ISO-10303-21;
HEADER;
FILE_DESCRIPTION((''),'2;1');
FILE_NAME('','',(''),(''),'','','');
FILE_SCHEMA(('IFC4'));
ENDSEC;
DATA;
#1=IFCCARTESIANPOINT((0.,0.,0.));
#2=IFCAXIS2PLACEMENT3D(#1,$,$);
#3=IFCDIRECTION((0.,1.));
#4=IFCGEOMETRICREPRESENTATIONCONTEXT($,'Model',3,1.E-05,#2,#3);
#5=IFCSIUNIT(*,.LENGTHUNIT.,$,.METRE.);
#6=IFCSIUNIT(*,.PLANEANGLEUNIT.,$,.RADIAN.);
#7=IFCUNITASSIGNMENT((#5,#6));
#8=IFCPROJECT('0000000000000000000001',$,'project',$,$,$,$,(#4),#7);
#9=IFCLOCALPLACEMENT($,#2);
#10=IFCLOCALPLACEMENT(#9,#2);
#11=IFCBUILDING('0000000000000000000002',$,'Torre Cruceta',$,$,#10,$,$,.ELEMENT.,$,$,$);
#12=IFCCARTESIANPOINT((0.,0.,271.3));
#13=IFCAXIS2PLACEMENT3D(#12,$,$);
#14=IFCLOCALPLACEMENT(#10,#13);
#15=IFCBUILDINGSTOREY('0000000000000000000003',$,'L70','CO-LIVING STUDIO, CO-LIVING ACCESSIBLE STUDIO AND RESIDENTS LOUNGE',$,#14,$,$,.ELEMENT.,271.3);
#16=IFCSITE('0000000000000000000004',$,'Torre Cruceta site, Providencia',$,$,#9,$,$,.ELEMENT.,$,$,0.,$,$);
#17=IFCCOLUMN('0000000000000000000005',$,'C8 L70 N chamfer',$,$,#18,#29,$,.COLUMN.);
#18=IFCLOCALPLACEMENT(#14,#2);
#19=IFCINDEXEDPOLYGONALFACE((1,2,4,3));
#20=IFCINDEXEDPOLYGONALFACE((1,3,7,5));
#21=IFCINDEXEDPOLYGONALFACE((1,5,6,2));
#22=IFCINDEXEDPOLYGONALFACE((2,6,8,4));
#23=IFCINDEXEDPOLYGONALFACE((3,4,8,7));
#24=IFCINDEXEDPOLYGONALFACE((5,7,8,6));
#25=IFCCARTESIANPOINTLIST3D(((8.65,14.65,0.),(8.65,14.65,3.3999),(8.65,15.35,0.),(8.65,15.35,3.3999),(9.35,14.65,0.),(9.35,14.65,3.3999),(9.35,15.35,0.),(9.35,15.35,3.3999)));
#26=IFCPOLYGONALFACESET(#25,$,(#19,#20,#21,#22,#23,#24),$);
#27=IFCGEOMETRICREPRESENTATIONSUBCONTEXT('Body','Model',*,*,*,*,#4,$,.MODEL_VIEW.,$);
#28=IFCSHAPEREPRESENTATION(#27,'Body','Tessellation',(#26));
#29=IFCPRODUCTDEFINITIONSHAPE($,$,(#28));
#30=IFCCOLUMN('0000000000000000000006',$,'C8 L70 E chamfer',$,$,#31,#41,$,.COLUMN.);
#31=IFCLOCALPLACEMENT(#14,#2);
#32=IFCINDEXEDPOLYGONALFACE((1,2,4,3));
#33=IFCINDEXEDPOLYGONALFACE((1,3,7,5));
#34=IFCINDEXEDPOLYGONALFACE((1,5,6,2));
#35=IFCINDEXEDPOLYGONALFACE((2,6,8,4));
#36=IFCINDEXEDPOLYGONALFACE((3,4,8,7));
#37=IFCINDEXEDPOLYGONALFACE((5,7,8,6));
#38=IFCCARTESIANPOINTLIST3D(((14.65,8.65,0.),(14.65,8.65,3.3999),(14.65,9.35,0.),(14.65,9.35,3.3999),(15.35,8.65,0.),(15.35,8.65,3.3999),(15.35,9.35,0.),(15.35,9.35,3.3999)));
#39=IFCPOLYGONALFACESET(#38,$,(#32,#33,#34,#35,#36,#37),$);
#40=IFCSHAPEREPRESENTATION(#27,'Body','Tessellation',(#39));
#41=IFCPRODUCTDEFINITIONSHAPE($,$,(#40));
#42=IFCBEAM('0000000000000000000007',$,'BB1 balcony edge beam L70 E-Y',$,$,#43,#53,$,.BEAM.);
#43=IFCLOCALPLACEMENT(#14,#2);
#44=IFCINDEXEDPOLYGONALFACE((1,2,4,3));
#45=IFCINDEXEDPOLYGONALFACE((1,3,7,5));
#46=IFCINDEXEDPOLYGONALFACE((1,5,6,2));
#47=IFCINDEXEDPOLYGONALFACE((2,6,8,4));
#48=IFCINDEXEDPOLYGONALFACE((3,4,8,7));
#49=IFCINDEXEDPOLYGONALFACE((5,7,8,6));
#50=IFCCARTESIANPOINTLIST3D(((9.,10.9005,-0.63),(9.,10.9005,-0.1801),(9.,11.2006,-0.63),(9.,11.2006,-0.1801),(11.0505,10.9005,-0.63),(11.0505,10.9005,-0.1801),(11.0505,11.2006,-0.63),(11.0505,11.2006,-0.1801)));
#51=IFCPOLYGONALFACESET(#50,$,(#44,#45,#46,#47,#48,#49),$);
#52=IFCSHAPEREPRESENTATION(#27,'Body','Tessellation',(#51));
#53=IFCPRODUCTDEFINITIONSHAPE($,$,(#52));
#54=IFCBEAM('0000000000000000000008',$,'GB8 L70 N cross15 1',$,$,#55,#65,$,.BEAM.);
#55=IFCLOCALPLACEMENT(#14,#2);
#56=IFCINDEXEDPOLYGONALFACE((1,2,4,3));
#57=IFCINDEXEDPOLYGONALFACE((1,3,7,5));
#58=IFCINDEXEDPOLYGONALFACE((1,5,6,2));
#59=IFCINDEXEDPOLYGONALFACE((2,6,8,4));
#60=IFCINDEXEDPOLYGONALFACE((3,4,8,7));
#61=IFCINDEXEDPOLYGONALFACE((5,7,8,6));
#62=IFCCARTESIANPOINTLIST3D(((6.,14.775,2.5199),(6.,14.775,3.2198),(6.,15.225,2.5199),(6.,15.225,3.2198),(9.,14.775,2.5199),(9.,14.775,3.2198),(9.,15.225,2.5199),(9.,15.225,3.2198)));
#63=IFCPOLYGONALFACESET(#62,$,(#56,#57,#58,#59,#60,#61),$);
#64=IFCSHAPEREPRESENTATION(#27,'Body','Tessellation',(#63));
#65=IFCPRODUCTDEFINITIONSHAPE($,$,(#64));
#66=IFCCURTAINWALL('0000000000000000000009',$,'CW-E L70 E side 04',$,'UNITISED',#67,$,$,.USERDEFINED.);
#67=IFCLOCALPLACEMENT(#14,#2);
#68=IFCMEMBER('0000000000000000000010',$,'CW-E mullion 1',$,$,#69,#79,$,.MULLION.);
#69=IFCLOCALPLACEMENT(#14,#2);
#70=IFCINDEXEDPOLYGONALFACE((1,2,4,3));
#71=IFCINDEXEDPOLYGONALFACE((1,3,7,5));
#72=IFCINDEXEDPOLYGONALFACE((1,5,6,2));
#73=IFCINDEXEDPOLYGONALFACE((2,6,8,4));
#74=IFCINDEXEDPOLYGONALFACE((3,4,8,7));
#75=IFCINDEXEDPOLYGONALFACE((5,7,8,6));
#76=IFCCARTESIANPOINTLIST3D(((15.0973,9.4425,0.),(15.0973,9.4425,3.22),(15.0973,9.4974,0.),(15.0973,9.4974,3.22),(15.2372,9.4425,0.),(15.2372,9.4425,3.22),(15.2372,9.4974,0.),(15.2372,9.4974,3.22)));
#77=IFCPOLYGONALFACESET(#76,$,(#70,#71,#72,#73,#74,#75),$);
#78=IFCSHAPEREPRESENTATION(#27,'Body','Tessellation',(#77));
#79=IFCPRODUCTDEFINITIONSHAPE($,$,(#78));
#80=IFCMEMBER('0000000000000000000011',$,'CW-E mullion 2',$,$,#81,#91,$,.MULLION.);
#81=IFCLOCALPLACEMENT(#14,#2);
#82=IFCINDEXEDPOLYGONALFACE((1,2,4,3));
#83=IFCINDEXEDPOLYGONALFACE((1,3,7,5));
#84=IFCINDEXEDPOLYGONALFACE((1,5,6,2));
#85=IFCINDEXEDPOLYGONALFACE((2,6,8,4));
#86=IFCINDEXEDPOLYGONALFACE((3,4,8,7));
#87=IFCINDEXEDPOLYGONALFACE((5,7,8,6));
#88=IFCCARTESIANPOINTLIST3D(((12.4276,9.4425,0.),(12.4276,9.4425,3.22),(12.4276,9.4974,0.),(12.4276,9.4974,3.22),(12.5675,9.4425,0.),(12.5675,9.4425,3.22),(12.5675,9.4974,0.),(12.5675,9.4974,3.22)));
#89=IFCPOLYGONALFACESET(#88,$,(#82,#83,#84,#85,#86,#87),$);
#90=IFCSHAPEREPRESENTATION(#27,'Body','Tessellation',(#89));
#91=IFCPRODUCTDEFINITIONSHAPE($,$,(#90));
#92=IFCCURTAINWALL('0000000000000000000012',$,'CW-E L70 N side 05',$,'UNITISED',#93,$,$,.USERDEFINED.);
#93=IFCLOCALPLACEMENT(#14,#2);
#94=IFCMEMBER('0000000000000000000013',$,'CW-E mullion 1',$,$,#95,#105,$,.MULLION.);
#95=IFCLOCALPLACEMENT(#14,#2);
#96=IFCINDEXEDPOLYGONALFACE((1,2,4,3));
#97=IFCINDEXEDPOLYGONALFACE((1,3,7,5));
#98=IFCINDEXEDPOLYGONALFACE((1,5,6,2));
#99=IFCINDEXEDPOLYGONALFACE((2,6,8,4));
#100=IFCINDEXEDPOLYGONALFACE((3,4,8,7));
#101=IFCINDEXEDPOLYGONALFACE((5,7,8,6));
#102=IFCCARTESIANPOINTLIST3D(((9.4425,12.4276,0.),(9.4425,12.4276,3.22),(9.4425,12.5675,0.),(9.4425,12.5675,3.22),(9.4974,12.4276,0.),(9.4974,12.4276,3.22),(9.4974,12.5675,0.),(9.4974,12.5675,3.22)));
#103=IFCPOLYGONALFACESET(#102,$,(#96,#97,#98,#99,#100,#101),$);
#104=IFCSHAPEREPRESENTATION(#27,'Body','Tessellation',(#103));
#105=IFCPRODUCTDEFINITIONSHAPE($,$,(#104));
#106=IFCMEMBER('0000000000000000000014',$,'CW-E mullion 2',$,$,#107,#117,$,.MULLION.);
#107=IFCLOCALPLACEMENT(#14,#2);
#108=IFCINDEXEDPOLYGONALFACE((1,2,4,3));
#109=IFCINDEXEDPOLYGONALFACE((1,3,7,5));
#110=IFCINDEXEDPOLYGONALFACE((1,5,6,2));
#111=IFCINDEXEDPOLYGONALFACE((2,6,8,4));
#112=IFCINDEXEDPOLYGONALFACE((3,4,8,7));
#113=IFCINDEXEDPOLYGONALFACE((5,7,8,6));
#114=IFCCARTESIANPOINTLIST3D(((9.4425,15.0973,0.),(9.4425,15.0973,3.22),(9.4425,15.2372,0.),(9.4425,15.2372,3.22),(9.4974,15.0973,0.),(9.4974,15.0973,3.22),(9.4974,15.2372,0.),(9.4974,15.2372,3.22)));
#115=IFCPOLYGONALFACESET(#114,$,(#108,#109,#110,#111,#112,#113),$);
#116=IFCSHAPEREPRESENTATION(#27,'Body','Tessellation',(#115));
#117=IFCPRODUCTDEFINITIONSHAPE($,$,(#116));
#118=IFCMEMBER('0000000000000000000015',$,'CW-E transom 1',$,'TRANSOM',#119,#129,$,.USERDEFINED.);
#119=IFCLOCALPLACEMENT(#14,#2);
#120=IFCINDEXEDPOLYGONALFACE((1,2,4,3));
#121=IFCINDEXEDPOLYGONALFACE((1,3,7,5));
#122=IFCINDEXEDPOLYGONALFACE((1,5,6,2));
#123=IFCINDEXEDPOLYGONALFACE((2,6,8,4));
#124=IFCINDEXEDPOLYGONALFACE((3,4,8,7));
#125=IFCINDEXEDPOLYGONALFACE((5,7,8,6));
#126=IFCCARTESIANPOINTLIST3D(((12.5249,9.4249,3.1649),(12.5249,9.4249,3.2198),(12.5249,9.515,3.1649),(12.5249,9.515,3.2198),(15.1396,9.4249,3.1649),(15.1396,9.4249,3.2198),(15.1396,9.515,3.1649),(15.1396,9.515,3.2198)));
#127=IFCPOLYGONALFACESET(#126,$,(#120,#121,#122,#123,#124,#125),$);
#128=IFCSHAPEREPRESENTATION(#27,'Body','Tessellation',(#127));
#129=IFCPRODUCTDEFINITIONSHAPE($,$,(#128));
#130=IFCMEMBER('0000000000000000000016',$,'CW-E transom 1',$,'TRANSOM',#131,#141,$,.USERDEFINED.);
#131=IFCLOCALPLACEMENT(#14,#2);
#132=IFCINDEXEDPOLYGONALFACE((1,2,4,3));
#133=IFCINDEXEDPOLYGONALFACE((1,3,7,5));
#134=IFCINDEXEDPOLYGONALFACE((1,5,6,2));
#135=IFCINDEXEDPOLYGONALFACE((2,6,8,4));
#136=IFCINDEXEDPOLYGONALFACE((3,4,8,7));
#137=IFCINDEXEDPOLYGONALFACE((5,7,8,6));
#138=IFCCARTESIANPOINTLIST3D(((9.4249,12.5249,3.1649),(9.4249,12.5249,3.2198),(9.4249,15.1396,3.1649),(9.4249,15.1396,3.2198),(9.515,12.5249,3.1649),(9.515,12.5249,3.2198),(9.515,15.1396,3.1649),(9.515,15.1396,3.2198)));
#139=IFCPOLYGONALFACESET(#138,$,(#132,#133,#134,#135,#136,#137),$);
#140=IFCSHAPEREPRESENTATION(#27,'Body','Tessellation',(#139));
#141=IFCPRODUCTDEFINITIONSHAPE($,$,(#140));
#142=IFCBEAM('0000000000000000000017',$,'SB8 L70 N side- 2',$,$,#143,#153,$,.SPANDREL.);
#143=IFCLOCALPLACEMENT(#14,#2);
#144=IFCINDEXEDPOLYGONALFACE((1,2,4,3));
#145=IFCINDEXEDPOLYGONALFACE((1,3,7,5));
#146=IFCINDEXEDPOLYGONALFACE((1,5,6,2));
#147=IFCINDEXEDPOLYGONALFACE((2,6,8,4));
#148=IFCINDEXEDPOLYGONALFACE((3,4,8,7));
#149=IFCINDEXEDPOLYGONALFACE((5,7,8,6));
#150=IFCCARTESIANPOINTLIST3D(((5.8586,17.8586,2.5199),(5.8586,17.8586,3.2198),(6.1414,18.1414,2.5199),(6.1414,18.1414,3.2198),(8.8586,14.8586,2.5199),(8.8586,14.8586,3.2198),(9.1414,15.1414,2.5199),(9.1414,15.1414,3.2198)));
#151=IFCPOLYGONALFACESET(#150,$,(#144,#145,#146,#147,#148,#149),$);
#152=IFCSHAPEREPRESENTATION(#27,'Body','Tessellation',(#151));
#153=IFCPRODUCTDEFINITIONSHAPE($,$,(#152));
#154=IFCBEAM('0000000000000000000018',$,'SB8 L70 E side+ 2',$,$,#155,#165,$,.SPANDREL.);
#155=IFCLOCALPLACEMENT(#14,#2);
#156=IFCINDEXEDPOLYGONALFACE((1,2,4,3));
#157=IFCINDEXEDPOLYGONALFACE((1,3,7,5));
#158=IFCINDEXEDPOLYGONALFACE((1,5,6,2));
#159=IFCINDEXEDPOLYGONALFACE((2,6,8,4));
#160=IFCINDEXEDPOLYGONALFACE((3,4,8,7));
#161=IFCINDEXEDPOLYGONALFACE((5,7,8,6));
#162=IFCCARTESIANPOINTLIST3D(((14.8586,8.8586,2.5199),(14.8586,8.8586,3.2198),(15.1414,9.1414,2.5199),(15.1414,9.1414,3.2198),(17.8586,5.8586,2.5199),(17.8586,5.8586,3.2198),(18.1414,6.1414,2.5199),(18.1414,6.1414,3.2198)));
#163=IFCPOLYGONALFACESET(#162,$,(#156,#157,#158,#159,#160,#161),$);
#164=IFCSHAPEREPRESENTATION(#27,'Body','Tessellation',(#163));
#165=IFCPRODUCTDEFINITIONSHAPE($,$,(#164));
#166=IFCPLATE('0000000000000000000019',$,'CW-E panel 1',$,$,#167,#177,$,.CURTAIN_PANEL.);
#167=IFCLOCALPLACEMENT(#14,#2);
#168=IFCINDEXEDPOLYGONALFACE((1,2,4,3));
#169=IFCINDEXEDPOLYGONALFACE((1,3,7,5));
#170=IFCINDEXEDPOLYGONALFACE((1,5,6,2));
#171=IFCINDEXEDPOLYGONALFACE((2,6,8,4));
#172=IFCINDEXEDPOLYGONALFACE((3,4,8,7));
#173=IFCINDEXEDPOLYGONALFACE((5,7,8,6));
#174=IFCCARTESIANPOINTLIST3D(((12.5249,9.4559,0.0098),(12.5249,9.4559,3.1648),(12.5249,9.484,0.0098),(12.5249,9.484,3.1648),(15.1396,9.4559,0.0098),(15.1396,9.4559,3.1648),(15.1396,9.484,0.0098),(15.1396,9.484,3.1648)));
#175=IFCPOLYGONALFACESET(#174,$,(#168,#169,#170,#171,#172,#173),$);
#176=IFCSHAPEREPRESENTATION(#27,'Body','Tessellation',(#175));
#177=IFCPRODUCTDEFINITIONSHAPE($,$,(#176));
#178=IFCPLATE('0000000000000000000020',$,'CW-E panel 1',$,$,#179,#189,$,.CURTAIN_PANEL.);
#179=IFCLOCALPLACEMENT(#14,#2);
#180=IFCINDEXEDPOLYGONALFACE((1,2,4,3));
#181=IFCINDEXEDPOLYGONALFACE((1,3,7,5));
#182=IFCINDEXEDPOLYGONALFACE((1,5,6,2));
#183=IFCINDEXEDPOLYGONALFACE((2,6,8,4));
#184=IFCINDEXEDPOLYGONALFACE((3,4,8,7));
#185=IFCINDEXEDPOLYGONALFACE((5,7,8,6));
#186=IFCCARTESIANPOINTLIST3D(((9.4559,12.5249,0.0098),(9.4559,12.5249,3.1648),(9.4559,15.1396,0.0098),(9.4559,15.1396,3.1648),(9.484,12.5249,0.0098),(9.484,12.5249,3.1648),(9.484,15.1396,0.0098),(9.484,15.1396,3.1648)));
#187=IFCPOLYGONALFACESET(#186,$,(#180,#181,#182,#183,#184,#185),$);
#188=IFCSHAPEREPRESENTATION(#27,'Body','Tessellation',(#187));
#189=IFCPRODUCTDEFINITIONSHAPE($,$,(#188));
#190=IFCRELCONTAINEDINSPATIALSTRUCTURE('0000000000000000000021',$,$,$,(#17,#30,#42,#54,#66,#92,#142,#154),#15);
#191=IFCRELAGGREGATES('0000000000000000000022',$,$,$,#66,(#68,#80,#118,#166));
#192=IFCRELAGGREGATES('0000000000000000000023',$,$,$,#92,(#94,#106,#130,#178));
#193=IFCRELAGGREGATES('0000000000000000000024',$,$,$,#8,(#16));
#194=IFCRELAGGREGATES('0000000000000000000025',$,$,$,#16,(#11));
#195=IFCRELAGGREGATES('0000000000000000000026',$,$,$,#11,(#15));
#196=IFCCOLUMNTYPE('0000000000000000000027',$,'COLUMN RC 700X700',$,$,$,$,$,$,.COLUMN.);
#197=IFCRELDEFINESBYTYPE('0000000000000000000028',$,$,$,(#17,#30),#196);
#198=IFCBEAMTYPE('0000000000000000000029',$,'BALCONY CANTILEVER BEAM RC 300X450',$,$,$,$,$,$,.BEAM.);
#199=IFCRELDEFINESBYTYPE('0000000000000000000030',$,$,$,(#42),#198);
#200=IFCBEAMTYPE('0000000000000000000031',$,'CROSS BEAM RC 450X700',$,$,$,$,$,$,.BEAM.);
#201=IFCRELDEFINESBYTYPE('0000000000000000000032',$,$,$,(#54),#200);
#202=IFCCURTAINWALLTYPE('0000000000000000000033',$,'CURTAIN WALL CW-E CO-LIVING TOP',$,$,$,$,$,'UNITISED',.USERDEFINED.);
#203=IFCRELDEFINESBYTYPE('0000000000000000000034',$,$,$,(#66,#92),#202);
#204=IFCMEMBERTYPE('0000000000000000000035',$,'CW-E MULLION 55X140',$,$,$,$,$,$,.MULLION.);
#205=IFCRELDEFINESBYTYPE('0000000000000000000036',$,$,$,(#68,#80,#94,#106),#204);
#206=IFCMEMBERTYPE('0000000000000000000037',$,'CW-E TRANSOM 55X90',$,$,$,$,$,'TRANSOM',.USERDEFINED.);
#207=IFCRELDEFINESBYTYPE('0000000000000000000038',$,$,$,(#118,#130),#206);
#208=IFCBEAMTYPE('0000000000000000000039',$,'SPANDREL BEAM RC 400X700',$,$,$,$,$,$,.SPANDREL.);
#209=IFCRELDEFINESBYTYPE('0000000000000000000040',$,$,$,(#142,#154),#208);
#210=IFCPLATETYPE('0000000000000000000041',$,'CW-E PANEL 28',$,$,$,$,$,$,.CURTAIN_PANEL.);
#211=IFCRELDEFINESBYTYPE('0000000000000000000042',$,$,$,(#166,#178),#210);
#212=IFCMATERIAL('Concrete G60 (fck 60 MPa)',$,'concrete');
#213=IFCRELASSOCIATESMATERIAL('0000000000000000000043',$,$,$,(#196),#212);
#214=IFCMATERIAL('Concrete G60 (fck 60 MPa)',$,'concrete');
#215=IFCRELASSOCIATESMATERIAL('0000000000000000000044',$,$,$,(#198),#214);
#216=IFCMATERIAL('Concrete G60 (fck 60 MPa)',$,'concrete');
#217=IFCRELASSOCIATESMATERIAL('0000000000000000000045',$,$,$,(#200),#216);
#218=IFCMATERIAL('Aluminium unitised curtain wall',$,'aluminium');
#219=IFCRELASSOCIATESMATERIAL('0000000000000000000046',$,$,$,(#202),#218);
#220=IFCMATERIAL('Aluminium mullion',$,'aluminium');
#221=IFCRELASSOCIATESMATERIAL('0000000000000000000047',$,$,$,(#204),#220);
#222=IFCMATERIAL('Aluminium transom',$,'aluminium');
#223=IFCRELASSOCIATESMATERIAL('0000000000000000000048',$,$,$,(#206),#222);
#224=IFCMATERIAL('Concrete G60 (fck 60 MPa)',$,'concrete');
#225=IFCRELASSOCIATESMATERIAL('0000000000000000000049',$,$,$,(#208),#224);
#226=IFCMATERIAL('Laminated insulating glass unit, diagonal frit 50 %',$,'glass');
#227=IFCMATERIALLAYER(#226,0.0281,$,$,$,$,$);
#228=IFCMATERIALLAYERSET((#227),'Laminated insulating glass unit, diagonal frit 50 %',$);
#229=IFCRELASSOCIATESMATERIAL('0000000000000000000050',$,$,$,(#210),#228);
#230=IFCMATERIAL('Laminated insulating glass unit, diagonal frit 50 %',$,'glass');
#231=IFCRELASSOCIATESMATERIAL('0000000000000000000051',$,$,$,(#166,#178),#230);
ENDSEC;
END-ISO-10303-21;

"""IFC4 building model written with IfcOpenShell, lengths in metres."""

from ifc_helpers import new_model, si_unit, direction, frame, origin, origin_2d, place, context, subcontext, project, spatial, rectangle, extrude, material, layer, layer_set, material_profile, profile_set, type_object, element, aggregate, save


model = new_model("IFC4")

# Units and contexts
model_context = context("Model", 3, precision=1e-05, world=origin(), true_north=direction((0.0, 1.0)))
body_context = subcontext(model_context, "Body", "Model", "MODEL_VIEW")
ifc_project = project(units=[si_unit("LENGTHUNIT", "METRE"), si_unit("PLANEANGLEUNIT", "RADIAN")], contexts=[model_context])

# Site, building, storey
site_placement = place(None, origin())
site = spatial("IfcSite", under=ifc_project, at=site_placement, Name="Torre Cruceta site, Providencia", CompositionType="ELEMENT", RefElevation=0.0)
building_placement = place(site_placement, origin())
building = spatial("IfcBuilding", under=site, at=building_placement, Name="Torre Cruceta", CompositionType="ELEMENT")
storey_placement = place(building_placement, frame((0.0, 0.0, 271.3)))
storey = spatial("IfcBuildingStorey", under=building, at=storey_placement, Name="L70", Description="CO-LIVING STUDIO, CO-LIVING ACCESSIBLE STUDIO AND RESIDENTS LOUNGE", CompositionType="ELEMENT", Elevation=271.3)

# Columns
ifc_material_1 = material(Name="Concrete G60 (fck 60 MPa)", Category="concrete")
ifc_material_profile_1 = material_profile(ifc_material_1, rectangle(XDim=0.7, YDim=0.7, at=origin_2d()), Name="RC 700X700")
ifc_profile_set_1 = profile_set([ifc_material_profile_1], Name="Concrete G60 (fck 60 MPa)")
column_type = type_object("IfcColumnType", Name="COLUMN RC 700X700", PredefinedType="COLUMN", material=ifc_profile_set_1)
for number, where, z_axis, x_axis, name in (
    (1, (9.0, 15.0, 0.0), (0.0, 0.0, 1.0), (1.0, 0.0, 0.0), "C8 L70 N chamfer"),
    (2, (15.0, 9.0, 0.0), (0.0, 0.0, 1.0), (1.0, 0.0, 0.0), "C8 L70 E chamfer"),
):
    element("IfcColumn", number, at=place(storey_placement, frame(where, z_axis=z_axis, x_axis=x_axis)), inside=storey, type_object=column_type, Name=name, PredefinedType="COLUMN", context=body_context, shape_type="SweptSolid", body=[
        extrude(rectangle(XDim=0.7, YDim=0.7, at=origin_2d()), origin(), (0.0, 0.0, 1.0), 3.3999),
    ])

# Beams
ifc_material_2 = material(Name="Concrete G60 (fck 60 MPa)", Category="concrete")
ifc_material_profile_2 = material_profile(ifc_material_2, rectangle(XDim=0.3, YDim=0.45, at=origin_2d()), Name="RC 300X450")
ifc_profile_set_2 = profile_set([ifc_material_profile_2], Name="Concrete G60 (fck 60 MPa)")
beam_type_1 = type_object("IfcBeamType", Name="BALCONY CANTILEVER BEAM RC 300X450", PredefinedType="BEAM", material=ifc_profile_set_2)
beam_1_placement = place(storey_placement, frame((9.0, 11.0505, -0.405), z_axis=(1.0, 0.0, 0.0), x_axis=(0.0, 1.0, 0.0)))
element("IfcBeam", 3, at=beam_1_placement, inside=storey, type_object=beam_type_1, Name="BB1 balcony edge beam L70 E-Y", PredefinedType="BEAM", context=body_context, shape_type="SweptSolid", body=[
    extrude(rectangle(XDim=0.3, YDim=0.45, at=origin_2d()), origin(), (0.0, 0.0, 1.0), 2.0505),
])
ifc_material_3 = material(Name="Concrete G60 (fck 60 MPa)", Category="concrete")
ifc_material_profile_3 = material_profile(ifc_material_3, rectangle(XDim=0.45, YDim=0.7, at=origin_2d()), Name="RC 450X700")
ifc_profile_set_3 = profile_set([ifc_material_profile_3], Name="Concrete G60 (fck 60 MPa)")
beam_type_2 = type_object("IfcBeamType", Name="CROSS BEAM RC 450X700", PredefinedType="BEAM", material=ifc_profile_set_3)
beam_2_placement = place(storey_placement, frame((9.0, 15.0, 2.8699), z_axis=(-1.0, 0.0, 0.0), x_axis=(0.0, -1.0, 0.0)))
element("IfcBeam", 4, at=beam_2_placement, inside=storey, type_object=beam_type_2, Name="GB8 L70 N cross15 1", PredefinedType="BEAM", context=body_context, shape_type="SweptSolid", body=[
    extrude(rectangle(XDim=0.45, YDim=0.7, at=origin_2d()), origin(), (0.0, 0.0, 1.0), 3.0),
])

# Curtain walls, members
ifc_material_4 = material(Name="Aluminium unitised curtain wall", Category="aluminium")
curtain_wall_type = type_object("IfcCurtainWallType", Name="CURTAIN WALL CW-E CO-LIVING TOP", ElementType="UNITISED", PredefinedType="USERDEFINED", material=ifc_material_4)
curtain_wall_1_placement = place(storey_placement, origin())
curtain_wall_1 = element("IfcCurtainWall", 5, at=curtain_wall_1_placement, inside=storey, type_object=curtain_wall_type, Name="CW-E L70 E side 04", ObjectType="UNITISED", PredefinedType="USERDEFINED")
ifc_material_5 = material(Name="Aluminium mullion", Category="aluminium")
ifc_material_profile_4 = material_profile(ifc_material_5, rectangle(XDim=0.0549, YDim=0.1399, at=origin_2d()), Name="AL 55X140")
ifc_profile_set_4 = profile_set([ifc_material_profile_4], Name="Aluminium mullion")
member_type_1 = type_object("IfcMemberType", Name="CW-E MULLION 55X140", PredefinedType="MULLION", material=ifc_profile_set_4)
member_1_placement = place(storey_placement, frame((15.1672, 9.47, 0.0), z_axis=(0.0, 0.0, 1.0), x_axis=(0.0, -1.0, 0.0)))
member_1 = element("IfcMember", 6, at=member_1_placement, type_object=member_type_1, Name="CW-E mullion 1", PredefinedType="MULLION", context=body_context, shape_type="SweptSolid", body=[
    extrude(rectangle(XDim=0.0549, YDim=0.1399, at=origin_2d()), origin(), (0.0, 0.0, 1.0), 3.22),
])
member_2_placement = place(storey_placement, frame((12.4976, 9.47, 0.0), z_axis=(0.0, 0.0, 1.0), x_axis=(0.0, -1.0, 0.0)))
member_2 = element("IfcMember", 7, at=member_2_placement, type_object=member_type_1, Name="CW-E mullion 2", PredefinedType="MULLION", context=body_context, shape_type="SweptSolid", body=[
    extrude(rectangle(XDim=0.0549, YDim=0.1399, at=origin_2d()), origin(), (0.0, 0.0, 1.0), 3.22),
])
curtain_wall_2_placement = place(storey_placement, origin())
curtain_wall_2 = element("IfcCurtainWall", 8, at=curtain_wall_2_placement, inside=storey, type_object=curtain_wall_type, Name="CW-E L70 N side 05", ObjectType="UNITISED", PredefinedType="USERDEFINED")
member_3_placement = place(storey_placement, frame((9.47, 12.4976, 0.0), z_axis=(0.0, 0.0, 1.0), x_axis=(-1.0, 0.0, 0.0)))
member_3 = element("IfcMember", 9, at=member_3_placement, type_object=member_type_1, Name="CW-E mullion 1", PredefinedType="MULLION", context=body_context, shape_type="SweptSolid", body=[
    extrude(rectangle(XDim=0.0549, YDim=0.1399, at=origin_2d()), origin(), (0.0, 0.0, 1.0), 3.22),
])
member_4_placement = place(storey_placement, frame((9.47, 15.1672, 0.0), z_axis=(0.0, 0.0, 1.0), x_axis=(-1.0, 0.0, 0.0)))
member_4 = element("IfcMember", 10, at=member_4_placement, type_object=member_type_1, Name="CW-E mullion 2", PredefinedType="MULLION", context=body_context, shape_type="SweptSolid", body=[
    extrude(rectangle(XDim=0.0549, YDim=0.1399, at=origin_2d()), origin(), (0.0, 0.0, 1.0), 3.22),
])

# Members
ifc_material_6 = material(Name="Aluminium transom", Category="aluminium")
ifc_material_profile_5 = material_profile(ifc_material_6, rectangle(XDim=0.0901, YDim=0.0549, at=origin_2d()), Name="AL 90X55")
ifc_profile_set_5 = profile_set([ifc_material_profile_5], Name="Aluminium transom")
member_type_2 = type_object("IfcMemberType", Name="CW-E TRANSOM 55X90", ElementType="TRANSOM", PredefinedType="USERDEFINED", material=ifc_profile_set_5)
member_5_placement = place(storey_placement, frame((15.1396, 9.47, 3.1924), z_axis=(-1.0, 0.0, 0.0), x_axis=(0.0, -1.0, 0.0)))
member_5 = element("IfcMember", 11, at=member_5_placement, type_object=member_type_2, Name="CW-E transom 1", ObjectType="TRANSOM", PredefinedType="USERDEFINED", context=body_context, shape_type="SweptSolid", body=[
    extrude(rectangle(XDim=0.0901, YDim=0.0549, at=origin_2d()), origin(), (0.0, 0.0, 1.0), 2.6147),
])
member_6_placement = place(storey_placement, frame((9.47, 12.5249, 3.1924), z_axis=(0.0, 1.0, 0.0), x_axis=(-1.0, 0.0, 0.0)))
member_6 = element("IfcMember", 12, at=member_6_placement, type_object=member_type_2, Name="CW-E transom 1", ObjectType="TRANSOM", PredefinedType="USERDEFINED", context=body_context, shape_type="SweptSolid", body=[
    extrude(rectangle(XDim=0.0901, YDim=0.0549, at=origin_2d()), origin(), (0.0, 0.0, 1.0), 2.6147),
])

# Beams
ifc_material_7 = material(Name="Concrete G60 (fck 60 MPa)", Category="concrete")
ifc_material_profile_6 = material_profile(ifc_material_7, rectangle(XDim=0.3999, YDim=0.7, at=origin_2d()), Name="RC 400X700")
ifc_profile_set_6 = profile_set([ifc_material_profile_6], Name="Concrete G60 (fck 60 MPa)")
beam_type_3 = type_object("IfcBeamType", Name="SPANDREL BEAM RC 400X700", PredefinedType="SPANDREL", material=ifc_profile_set_6)
for number, where, z_axis, x_axis, name in (
    (13, (9.0, 15.0, 2.8699), (-0.707107, 0.707107, 0.0), (-0.707107, -0.707107, 0.0), "SB8 L70 N side- 2"),
    (14, (15.0, 9.0, 2.8699), (0.707107, -0.707107, 0.0), (0.707107, 0.707107, 0.0), "SB8 L70 E side+ 2"),
):
    element("IfcBeam", number, at=place(storey_placement, frame(where, z_axis=z_axis, x_axis=x_axis)), inside=storey, type_object=beam_type_3, Name=name, PredefinedType="SPANDREL", context=body_context, shape_type="SweptSolid", body=[
        extrude(rectangle(XDim=0.3999, YDim=0.7, at=origin_2d()), origin(), (0.0, 0.0, 1.0), 4.2427),
    ])

# Plates
ifc_material_8 = material(Name="Laminated insulating glass unit, diagonal frit 50 %", Category="glass")
ifc_material_9 = material(Name="Laminated insulating glass unit, diagonal frit 50 %", Category="glass")
ifc_layer_1 = layer(ifc_material_9, 0.0281)
ifc_layer_set_1 = layer_set([ifc_layer_1], Name="Laminated insulating glass unit, diagonal frit 50 %")
plate_type = type_object("IfcPlateType", Name="CW-E PANEL 28", PredefinedType="CURTAIN_PANEL", material=ifc_layer_set_1)
plate_1_placement = place(storey_placement, frame((13.8323, 9.47, 0.0098), z_axis=(0.0, 0.0, 1.0), x_axis=(-1.0, 0.0, 0.0)))
plate_1 = element("IfcPlate", 15, at=plate_1_placement, type_object=plate_type, material=ifc_material_8, Name="CW-E panel 1", PredefinedType="CURTAIN_PANEL", context=body_context, shape_type="SweptSolid", body=[
    extrude(rectangle(XDim=2.6147, YDim=0.0281, at=origin_2d()), origin(), (0.0, 0.0, 1.0), 3.155),
])
aggregate(curtain_wall_1, [member_1, member_2, member_5, plate_1])
plate_2_placement = place(storey_placement, frame((9.47, 13.8323, 0.0098), z_axis=(0.0, 0.0, 1.0), x_axis=(0.0, 1.0, 0.0)))
plate_2 = element("IfcPlate", 16, at=plate_2_placement, type_object=plate_type, material=ifc_material_8, Name="CW-E panel 1", PredefinedType="CURTAIN_PANEL", context=body_context, shape_type="SweptSolid", body=[
    extrude(rectangle(XDim=2.6147, YDim=0.0281, at=origin_2d()), origin(), (0.0, 0.0, 1.0), 3.155),
])
aggregate(curtain_wall_2, [member_3, member_4, member_6, plate_2])

save(model, "model.ifc")
